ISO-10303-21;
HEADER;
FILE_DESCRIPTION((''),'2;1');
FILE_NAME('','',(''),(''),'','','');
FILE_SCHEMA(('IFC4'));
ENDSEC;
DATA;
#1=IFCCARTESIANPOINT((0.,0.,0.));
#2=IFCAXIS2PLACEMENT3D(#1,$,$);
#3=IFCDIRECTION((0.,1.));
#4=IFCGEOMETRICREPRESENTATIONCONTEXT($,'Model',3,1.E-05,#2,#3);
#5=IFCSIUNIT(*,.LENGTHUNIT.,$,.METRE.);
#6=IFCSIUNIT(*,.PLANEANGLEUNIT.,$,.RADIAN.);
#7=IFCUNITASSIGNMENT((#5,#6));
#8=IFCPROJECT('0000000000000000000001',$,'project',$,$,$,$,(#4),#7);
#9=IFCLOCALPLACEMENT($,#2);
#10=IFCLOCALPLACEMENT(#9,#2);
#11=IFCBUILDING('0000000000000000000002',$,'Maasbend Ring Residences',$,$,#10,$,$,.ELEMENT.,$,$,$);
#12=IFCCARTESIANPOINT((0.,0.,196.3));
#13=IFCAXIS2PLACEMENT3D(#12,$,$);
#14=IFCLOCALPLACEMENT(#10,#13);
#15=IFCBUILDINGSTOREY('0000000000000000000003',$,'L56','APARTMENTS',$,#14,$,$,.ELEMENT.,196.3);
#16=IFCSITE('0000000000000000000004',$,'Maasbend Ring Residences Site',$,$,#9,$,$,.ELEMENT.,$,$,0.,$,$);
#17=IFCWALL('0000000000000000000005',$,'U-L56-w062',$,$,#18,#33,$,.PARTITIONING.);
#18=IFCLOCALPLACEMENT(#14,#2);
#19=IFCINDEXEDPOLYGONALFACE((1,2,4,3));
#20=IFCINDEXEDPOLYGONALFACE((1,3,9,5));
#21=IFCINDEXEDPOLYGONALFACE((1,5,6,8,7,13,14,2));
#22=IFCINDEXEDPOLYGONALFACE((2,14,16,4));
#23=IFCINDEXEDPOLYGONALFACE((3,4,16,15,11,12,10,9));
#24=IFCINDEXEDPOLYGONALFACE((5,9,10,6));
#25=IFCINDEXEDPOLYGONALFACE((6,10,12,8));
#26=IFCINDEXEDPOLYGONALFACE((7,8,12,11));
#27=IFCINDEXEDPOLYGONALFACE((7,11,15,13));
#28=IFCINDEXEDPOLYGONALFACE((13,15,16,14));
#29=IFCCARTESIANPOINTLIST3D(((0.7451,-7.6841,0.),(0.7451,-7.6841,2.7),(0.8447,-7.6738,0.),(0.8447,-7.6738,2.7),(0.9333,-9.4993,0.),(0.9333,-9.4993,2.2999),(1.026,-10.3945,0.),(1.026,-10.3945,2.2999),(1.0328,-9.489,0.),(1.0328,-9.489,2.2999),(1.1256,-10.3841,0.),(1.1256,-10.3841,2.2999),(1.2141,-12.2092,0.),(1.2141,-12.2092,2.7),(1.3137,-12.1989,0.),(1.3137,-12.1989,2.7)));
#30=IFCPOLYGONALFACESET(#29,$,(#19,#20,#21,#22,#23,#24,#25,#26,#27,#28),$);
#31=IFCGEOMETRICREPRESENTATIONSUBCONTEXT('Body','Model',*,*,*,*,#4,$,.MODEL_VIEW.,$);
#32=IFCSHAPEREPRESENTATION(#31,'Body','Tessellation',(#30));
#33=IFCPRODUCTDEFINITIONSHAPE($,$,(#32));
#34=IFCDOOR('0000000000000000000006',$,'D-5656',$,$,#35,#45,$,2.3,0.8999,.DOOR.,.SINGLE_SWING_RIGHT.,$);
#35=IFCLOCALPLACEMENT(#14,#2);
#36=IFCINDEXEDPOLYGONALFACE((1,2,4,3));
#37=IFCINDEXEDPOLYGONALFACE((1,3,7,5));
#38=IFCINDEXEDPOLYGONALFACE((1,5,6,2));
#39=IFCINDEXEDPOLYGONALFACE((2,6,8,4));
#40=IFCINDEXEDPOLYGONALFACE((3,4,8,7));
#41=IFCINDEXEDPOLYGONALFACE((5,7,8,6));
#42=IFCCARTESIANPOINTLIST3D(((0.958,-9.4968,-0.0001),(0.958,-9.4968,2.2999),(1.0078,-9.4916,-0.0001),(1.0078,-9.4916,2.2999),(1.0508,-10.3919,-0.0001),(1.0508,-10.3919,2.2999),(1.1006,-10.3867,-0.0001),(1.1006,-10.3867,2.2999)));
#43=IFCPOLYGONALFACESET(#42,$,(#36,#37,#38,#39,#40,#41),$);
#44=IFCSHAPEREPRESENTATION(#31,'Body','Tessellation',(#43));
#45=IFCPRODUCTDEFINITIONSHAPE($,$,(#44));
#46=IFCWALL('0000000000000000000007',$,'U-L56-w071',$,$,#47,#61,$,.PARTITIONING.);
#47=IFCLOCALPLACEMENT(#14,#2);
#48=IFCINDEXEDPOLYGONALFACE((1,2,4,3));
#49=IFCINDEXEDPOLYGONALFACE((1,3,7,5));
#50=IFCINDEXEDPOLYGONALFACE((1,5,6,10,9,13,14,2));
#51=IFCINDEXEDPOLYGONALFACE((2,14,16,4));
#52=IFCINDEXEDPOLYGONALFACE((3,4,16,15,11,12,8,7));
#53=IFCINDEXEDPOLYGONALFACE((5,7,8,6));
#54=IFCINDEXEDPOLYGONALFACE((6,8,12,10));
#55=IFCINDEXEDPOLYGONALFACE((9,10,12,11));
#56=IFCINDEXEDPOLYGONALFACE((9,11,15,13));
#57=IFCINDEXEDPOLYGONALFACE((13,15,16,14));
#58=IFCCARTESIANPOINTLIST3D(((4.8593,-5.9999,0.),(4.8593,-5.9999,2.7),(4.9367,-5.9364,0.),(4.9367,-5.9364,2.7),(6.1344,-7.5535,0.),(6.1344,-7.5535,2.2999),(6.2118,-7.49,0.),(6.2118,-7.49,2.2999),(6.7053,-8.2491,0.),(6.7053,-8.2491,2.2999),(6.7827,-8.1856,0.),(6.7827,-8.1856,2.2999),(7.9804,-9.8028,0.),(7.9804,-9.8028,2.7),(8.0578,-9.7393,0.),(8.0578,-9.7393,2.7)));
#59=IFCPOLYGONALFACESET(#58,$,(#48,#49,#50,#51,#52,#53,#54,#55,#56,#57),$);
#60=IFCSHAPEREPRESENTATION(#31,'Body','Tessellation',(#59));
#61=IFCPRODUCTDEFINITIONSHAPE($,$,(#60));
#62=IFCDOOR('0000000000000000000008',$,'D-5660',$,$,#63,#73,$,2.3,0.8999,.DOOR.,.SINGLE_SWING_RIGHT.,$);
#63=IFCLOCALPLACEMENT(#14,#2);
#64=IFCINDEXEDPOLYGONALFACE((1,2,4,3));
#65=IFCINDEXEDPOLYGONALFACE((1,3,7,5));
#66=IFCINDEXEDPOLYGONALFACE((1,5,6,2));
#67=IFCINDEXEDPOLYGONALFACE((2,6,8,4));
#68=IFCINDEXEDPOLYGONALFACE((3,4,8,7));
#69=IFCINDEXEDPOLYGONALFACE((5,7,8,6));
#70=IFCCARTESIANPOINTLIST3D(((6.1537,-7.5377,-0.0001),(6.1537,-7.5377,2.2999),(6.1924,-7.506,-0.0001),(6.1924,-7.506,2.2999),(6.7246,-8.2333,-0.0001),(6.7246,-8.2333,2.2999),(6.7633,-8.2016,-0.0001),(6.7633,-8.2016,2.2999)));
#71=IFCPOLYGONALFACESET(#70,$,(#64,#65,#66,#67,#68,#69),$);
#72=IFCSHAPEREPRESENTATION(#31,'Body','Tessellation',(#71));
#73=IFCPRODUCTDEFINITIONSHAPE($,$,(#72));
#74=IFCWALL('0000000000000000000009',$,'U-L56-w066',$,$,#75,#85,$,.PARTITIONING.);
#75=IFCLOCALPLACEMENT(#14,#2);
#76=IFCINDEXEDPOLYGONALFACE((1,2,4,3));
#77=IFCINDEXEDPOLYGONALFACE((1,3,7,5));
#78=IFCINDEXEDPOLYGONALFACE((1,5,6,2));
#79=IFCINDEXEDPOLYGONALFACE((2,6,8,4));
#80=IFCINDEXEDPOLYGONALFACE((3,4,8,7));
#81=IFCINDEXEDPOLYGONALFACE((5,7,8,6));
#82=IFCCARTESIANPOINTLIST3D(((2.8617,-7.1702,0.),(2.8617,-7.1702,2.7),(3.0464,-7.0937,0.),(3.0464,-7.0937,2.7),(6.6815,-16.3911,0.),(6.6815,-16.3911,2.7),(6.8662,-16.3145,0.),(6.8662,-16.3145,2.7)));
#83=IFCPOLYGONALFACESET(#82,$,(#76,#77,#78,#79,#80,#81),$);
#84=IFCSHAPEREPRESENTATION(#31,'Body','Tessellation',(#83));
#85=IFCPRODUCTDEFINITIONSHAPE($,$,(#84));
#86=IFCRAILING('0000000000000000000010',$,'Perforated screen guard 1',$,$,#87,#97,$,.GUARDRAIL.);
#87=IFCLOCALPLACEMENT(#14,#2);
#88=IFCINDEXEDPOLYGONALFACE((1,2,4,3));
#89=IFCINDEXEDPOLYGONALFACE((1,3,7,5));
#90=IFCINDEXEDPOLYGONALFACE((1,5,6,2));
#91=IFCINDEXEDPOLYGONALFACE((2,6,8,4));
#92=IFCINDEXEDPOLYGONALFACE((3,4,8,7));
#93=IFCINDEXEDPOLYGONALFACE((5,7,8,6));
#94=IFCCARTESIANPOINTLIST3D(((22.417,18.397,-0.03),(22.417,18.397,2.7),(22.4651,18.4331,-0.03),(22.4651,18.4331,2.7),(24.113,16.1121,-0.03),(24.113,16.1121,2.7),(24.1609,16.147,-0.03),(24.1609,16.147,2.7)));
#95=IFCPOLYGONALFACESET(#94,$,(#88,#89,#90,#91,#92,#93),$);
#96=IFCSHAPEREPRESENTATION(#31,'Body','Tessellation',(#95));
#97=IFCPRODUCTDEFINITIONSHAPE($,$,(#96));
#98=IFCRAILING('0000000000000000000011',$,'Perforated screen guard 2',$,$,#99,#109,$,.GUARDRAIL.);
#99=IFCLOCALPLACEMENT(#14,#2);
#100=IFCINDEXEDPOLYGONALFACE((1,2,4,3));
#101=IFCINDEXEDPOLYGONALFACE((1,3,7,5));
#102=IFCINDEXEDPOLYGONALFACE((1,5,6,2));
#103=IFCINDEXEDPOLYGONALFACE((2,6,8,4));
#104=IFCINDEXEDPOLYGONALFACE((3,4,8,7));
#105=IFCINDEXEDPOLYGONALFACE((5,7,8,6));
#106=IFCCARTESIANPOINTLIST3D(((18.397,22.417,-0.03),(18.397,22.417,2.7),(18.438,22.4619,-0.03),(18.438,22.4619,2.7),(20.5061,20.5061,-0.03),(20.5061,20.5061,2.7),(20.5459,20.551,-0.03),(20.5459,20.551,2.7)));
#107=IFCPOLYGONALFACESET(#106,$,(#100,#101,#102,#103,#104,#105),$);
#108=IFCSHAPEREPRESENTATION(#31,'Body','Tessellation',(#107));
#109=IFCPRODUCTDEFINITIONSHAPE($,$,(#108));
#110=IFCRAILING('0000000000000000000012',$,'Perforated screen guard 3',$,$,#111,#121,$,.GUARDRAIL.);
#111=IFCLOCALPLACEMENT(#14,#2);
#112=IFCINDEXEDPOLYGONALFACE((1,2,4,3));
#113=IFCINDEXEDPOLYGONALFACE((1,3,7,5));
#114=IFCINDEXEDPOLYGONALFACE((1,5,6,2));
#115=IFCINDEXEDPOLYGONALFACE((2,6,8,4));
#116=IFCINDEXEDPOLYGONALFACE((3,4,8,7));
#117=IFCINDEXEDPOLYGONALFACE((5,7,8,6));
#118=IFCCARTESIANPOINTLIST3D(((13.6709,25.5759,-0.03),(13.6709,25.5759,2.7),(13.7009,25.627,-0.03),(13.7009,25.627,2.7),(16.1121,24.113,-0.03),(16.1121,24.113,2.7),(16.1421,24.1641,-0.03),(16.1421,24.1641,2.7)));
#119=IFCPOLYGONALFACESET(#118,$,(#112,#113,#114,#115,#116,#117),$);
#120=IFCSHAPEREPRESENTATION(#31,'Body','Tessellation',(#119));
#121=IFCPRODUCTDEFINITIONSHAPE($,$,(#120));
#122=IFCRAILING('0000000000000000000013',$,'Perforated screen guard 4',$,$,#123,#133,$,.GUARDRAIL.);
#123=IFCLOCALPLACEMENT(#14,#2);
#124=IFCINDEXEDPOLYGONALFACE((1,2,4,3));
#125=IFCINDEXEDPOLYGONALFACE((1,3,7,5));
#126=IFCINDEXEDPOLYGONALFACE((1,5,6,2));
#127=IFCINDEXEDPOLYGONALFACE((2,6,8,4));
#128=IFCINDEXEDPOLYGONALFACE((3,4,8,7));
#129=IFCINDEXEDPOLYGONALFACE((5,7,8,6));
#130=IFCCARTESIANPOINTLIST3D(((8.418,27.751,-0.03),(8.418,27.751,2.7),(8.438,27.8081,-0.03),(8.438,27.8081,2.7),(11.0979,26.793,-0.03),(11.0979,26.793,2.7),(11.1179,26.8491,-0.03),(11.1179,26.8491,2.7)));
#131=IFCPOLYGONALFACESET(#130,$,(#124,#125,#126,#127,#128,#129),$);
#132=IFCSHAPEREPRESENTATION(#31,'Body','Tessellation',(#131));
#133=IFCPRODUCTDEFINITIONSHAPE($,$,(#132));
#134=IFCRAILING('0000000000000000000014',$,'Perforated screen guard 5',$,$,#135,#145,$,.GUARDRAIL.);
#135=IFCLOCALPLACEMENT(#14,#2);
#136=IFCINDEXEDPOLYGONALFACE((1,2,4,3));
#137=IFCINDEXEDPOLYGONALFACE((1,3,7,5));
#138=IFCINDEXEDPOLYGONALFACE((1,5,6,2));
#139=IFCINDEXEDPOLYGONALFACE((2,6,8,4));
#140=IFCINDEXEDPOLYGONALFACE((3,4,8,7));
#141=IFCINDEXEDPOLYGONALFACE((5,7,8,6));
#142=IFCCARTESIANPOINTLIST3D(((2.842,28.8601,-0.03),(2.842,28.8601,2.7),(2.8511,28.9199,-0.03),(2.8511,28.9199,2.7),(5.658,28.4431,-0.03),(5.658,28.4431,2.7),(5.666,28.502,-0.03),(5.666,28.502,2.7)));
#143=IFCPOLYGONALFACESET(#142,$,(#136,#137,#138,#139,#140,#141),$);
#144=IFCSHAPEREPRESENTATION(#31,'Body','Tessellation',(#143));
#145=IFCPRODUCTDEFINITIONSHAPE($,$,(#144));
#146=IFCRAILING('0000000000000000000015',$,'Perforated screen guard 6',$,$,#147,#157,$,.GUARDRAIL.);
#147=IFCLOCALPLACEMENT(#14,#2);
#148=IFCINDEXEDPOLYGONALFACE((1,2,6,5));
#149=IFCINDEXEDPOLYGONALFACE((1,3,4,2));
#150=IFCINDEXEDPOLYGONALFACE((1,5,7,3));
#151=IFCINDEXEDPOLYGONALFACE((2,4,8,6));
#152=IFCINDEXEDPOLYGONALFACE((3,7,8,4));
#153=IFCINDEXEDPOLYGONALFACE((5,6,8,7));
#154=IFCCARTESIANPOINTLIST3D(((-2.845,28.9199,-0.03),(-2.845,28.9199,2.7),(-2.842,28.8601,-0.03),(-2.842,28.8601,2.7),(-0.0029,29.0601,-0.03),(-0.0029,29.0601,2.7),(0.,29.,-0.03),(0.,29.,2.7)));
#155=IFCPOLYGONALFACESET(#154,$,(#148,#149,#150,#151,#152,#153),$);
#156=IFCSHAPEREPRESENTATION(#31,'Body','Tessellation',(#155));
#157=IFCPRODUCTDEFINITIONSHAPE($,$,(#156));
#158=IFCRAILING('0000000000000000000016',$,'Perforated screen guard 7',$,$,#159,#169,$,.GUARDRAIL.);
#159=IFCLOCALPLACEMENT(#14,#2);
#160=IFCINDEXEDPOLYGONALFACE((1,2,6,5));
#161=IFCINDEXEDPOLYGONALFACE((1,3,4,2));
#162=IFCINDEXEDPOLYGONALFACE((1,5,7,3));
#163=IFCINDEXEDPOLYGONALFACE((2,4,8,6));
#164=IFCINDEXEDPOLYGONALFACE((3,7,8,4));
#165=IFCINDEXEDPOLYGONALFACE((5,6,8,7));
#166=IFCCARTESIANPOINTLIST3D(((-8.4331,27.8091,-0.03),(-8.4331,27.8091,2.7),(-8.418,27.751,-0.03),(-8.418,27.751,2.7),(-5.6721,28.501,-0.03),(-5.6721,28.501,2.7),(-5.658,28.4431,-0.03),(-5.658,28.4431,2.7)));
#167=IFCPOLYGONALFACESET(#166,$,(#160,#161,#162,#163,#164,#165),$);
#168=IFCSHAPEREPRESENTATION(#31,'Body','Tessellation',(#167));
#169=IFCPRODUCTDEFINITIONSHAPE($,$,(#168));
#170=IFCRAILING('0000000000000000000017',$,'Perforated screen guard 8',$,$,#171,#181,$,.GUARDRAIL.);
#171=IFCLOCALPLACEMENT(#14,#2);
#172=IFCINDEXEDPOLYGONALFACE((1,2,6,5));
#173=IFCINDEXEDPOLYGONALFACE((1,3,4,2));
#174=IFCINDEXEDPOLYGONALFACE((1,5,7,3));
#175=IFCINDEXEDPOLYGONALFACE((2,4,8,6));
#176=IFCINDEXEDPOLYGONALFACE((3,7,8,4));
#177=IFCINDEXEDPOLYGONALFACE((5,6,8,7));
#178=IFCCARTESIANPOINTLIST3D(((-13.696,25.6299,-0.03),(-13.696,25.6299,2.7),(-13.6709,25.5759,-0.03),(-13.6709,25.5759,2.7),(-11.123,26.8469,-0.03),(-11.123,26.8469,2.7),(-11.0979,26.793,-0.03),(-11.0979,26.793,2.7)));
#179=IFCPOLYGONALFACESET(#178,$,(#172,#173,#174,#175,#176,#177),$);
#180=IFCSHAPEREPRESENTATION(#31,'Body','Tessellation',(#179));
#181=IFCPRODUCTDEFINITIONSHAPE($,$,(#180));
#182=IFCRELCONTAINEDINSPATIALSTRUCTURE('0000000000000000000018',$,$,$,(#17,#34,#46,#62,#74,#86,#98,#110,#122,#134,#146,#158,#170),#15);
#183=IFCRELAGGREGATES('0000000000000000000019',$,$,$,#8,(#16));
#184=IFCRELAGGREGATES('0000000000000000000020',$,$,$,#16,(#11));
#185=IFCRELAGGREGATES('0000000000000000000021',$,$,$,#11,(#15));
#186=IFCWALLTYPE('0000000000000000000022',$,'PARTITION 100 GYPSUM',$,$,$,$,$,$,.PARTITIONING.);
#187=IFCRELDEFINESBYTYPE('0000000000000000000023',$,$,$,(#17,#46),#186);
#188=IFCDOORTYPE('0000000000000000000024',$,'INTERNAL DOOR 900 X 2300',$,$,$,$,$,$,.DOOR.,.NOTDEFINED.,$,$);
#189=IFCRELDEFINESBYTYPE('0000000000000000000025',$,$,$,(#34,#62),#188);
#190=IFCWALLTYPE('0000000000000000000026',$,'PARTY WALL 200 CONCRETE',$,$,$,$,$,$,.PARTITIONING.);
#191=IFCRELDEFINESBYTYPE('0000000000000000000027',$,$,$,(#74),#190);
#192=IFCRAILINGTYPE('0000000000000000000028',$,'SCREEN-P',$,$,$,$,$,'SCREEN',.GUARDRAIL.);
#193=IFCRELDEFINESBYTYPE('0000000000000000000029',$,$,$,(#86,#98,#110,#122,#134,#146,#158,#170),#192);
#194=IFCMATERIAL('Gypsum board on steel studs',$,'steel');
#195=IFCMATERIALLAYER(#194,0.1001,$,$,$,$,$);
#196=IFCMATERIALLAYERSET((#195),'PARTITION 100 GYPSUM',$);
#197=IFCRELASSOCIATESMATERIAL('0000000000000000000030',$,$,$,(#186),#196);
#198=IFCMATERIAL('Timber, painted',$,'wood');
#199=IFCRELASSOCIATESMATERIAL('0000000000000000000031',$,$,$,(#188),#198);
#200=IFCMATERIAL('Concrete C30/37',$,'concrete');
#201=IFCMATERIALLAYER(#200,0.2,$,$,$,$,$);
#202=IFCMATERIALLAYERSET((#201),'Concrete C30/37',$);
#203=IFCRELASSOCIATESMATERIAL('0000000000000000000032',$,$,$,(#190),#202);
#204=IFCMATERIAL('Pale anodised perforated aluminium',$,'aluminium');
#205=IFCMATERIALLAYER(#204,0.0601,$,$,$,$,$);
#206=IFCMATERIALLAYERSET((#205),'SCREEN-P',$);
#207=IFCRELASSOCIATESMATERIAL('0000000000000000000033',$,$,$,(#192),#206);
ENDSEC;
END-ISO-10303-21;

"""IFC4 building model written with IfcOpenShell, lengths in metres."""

from ifc_helpers import new_model, si_unit, direction, frame, frame_2d, origin, place, context, subcontext, project, spatial, polyline, rectangle, outline, extrude, material, layer, layer_set, type_object, element, fill, save


model = new_model("IFC4")

# Units and contexts
model_context = context("Model", 3, precision=1e-05, world=origin(), true_north=direction((0.0, 1.0)))
body_context = subcontext(model_context, "Body", "Model", "MODEL_VIEW")
ifc_project = project(units=[si_unit("LENGTHUNIT", "METRE"), si_unit("PLANEANGLEUNIT", "RADIAN")], contexts=[model_context])

# Site, building, storey
site_placement = place(None, origin())
site = spatial("IfcSite", under=ifc_project, at=site_placement, Name="Maasbend Ring Residences Site", CompositionType="ELEMENT", RefElevation=0.0)
building_placement = place(site_placement, origin())
building = spatial("IfcBuilding", under=site, at=building_placement, Name="Maasbend Ring Residences", CompositionType="ELEMENT")
storey_placement = place(building_placement, frame((0.0, 0.0, 196.3)))
storey = spatial("IfcBuildingStorey", under=building, at=storey_placement, Name="L56", Description="APARTMENTS", CompositionType="ELEMENT", Elevation=196.3)

# Walls, openings, doors
ifc_material_1 = material(Name="Gypsum board on steel studs", Category="steel")
ifc_layer_1 = layer(ifc_material_1, 0.1001)
ifc_layer_set_1 = layer_set([ifc_layer_1], Name="PARTITION 100 GYPSUM")
wall_type_1 = type_object("IfcWallType", Name="PARTITION 100 GYPSUM", PredefinedType="PARTITIONING", material=ifc_layer_set_1)
wall_1_placement = place(storey_placement, frame((0.7949, -7.679, 0.0), z_axis=(0.0, 0.0, 1.0), x_axis=(0.10309, -0.994672, 0.0)))
wall_1 = element("IfcWall", 1, at=wall_1_placement, inside=storey, type_object=wall_type_1, Name="U-L56-w062", PredefinedType="PARTITIONING", context=body_context, shape_type="SweptSolid", body=[
    extrude(rectangle(XDim=4.5493, YDim=0.1001, at=frame_2d((2.2747, 0.0))), origin(), (0.0, 0.0, 1.0), 2.7),
])
opening_1_placement = place(wall_1_placement, frame((1.825, 0.0, 0.0)))
opening_1 = element("IfcOpeningElement", 2, at=opening_1_placement, cuts=wall_1, PredefinedType="OPENING", context=body_context, shape_type="SweptSolid", body=[
    extrude(rectangle(XDim=0.8999, YDim=2.3, at=frame_2d((0.45, 1.1499))), frame((0.0, 0.0601, 0.0), z_axis=(0.0, -1.0, 0.0), x_axis=(1.0, 0.0, 0.0)), (0.0, 0.0, 1.0), 0.1201),
])
ifc_material_2 = material(Name="Timber, painted", Category="wood")
door_type = type_object("IfcDoorType", Name="INTERNAL DOOR 900 X 2300", OperationType="NOTDEFINED", PredefinedType="DOOR", material=ifc_material_2)
door_1_placement = place(opening_1_placement, origin())
door_1 = element("IfcDoor", 3, at=door_1_placement, inside=storey, type_object=door_type, Name="D-5656", OperationType="SINGLE_SWING_RIGHT", OverallHeight=2.3, OverallWidth=0.8999, PredefinedType="DOOR", context=body_context, shape_type="SweptSolid", body=[
    extrude(rectangle(XDim=0.8999, YDim=2.3, at=frame_2d((0.45, 1.1499))), frame((0.0, 0.0249, 0.0), z_axis=(0.0, -1.0, 0.0), x_axis=(1.0, 0.0, 0.0)), (0.0, 0.0, 1.0), 0.05),
])
fill(opening_1, door_1)
wall_2_placement = place(storey_placement, frame((4.8979, -5.968, 0.0), z_axis=(0.0, 0.0, 1.0), x_axis=(0.634402, -0.773003, 0.0)))
wall_2 = element("IfcWall", 4, at=wall_2_placement, inside=storey, type_object=wall_type_1, Name="U-L56-w071", PredefinedType="PARTITIONING", context=body_context, shape_type="SweptSolid", body=[
    extrude(rectangle(XDim=4.9197, YDim=0.1001, at=frame_2d((2.46, 0.0))), origin(), (0.0, 0.0, 1.0), 2.7),
])
opening_2_placement = place(wall_2_placement, frame((2.01, 0.0, 0.0)))
opening_2 = element("IfcOpeningElement", 5, at=opening_2_placement, cuts=wall_2, PredefinedType="OPENING", context=body_context, shape_type="SweptSolid", body=[
    extrude(rectangle(XDim=0.8999, YDim=2.3, at=frame_2d((0.45, 1.1499))), frame((0.0, 0.0601, 0.0), z_axis=(0.0, -1.0, 0.0), x_axis=(1.0, 0.0, 0.0)), (0.0, 0.0, 1.0), 0.1201),
])
door_2_placement = place(opening_2_placement, origin())
door_2 = element("IfcDoor", 6, at=door_2_placement, inside=storey, type_object=door_type, Name="D-5660", OperationType="SINGLE_SWING_RIGHT", OverallHeight=2.3, OverallWidth=0.8999, PredefinedType="DOOR", context=body_context, shape_type="SweptSolid", body=[
    extrude(rectangle(XDim=0.8999, YDim=2.3, at=frame_2d((0.45, 1.1499))), frame((0.0, 0.0249, 0.0), z_axis=(0.0, -1.0, 0.0), x_axis=(1.0, 0.0, 0.0)), (0.0, 0.0, 1.0), 0.05),
])
fill(opening_2, door_2)

# Wall
ifc_material_3 = material(Name="Concrete C30/37", Category="concrete")
ifc_layer_2 = layer(ifc_material_3, 0.2)
ifc_layer_set_2 = layer_set([ifc_layer_2], Name="Concrete C30/37")
wall_type_2 = type_object("IfcWallType", Name="PARTY WALL 200 CONCRETE", PredefinedType="PARTITIONING", material=ifc_layer_set_2)
wall_3_placement = place(storey_placement, frame((2.9541, -7.1321, 0.0), z_axis=(0.0, 0.0, 1.0), x_axis=(0.382716, -0.923866, 0.0)))
element("IfcWall", 7, at=wall_3_placement, inside=storey, type_object=wall_type_2, Name="U-L56-w066", PredefinedType="PARTITIONING", context=body_context, shape_type="SweptSolid", body=[
    extrude(rectangle(XDim=9.9807, YDim=0.2, at=frame_2d((4.9902, 0.0))), origin(), (0.0, 0.0, 1.0), 2.7),
])

# Railings
ifc_material_4 = material(Name="Pale anodised perforated aluminium", Category="aluminium")
ifc_layer_3 = layer(ifc_material_4, 0.0601)
ifc_layer_set_3 = layer_set([ifc_layer_3], Name="SCREEN-P")
railing_type = type_object("IfcRailingType", Name="SCREEN-P", ElementType="SCREEN", PredefinedType="GUARDRAIL", material=ifc_layer_set_3)
railing_1_placement = place(storey_placement, frame((0.0, 0.0, -0.03)))
element("IfcRailing", 8, at=railing_1_placement, inside=storey, type_object=railing_type, Name="Perforated screen guard 1", PredefinedType="GUARDRAIL", context=body_context, shape_type="SweptSolid", body=[
    extrude(outline(polyline([(24.113, 16.1121), (22.417, 18.397), (22.4651, 18.4331), (24.1609, 16.147), (24.113, 16.1121)])), origin(), (0.0, 0.0, 1.0), 2.73),
])
railing_2_placement = place(storey_placement, frame((0.0, 0.0, -0.03)))
element("IfcRailing", 9, at=railing_2_placement, inside=storey, type_object=railing_type, Name="Perforated screen guard 2", PredefinedType="GUARDRAIL", context=body_context, shape_type="SweptSolid", body=[
    extrude(outline(polyline([(20.5061, 20.5061), (18.397, 22.417), (18.438, 22.4619), (20.5459, 20.551), (20.5061, 20.5061)])), origin(), (0.0, 0.0, 1.0), 2.73),
])
railing_3_placement = place(storey_placement, frame((0.0, 0.0, -0.03)))
element("IfcRailing", 10, at=railing_3_placement, inside=storey, type_object=railing_type, Name="Perforated screen guard 3", PredefinedType="GUARDRAIL", context=body_context, shape_type="SweptSolid", body=[
    extrude(outline(polyline([(16.1121, 24.113), (13.6709, 25.5759), (13.7009, 25.627), (16.1421, 24.1641), (16.1121, 24.113)])), origin(), (0.0, 0.0, 1.0), 2.73),
])
railing_4_placement = place(storey_placement, frame((0.0, 0.0, -0.03)))
element("IfcRailing", 11, at=railing_4_placement, inside=storey, type_object=railing_type, Name="Perforated screen guard 4", PredefinedType="GUARDRAIL", context=body_context, shape_type="SweptSolid", body=[
    extrude(outline(polyline([(11.0979, 26.793), (8.418, 27.751), (8.438, 27.8081), (11.1179, 26.8491), (11.0979, 26.793)])), origin(), (0.0, 0.0, 1.0), 2.73),
])
railing_5_placement = place(storey_placement, frame((0.0, 0.0, -0.03)))
element("IfcRailing", 12, at=railing_5_placement, inside=storey, type_object=railing_type, Name="Perforated screen guard 5", PredefinedType="GUARDRAIL", context=body_context, shape_type="SweptSolid", body=[
    extrude(outline(polyline([(5.658, 28.4431), (2.842, 28.8601), (2.8511, 28.9199), (5.666, 28.502), (5.658, 28.4431)])), origin(), (0.0, 0.0, 1.0), 2.73),
])
railing_6_placement = place(storey_placement, frame((0.0, 0.0, -0.03)))
element("IfcRailing", 13, at=railing_6_placement, inside=storey, type_object=railing_type, Name="Perforated screen guard 6", PredefinedType="GUARDRAIL", context=body_context, shape_type="SweptSolid", body=[
    extrude(outline(polyline([(0.0, 29.0), (-2.842, 28.8601), (-2.845, 28.9199), (-0.0029, 29.0601), (0.0, 29.0)])), origin(), (0.0, 0.0, 1.0), 2.73),
])
railing_7_placement = place(storey_placement, frame((0.0, 0.0, -0.03)))
element("IfcRailing", 14, at=railing_7_placement, inside=storey, type_object=railing_type, Name="Perforated screen guard 7", PredefinedType="GUARDRAIL", context=body_context, shape_type="SweptSolid", body=[
    extrude(outline(polyline([(-5.658, 28.4431), (-8.418, 27.751), (-8.4331, 27.8091), (-5.6721, 28.501), (-5.658, 28.4431)])), origin(), (0.0, 0.0, 1.0), 2.73),
])
railing_8_placement = place(storey_placement, frame((0.0, 0.0, -0.03)))
element("IfcRailing", 15, at=railing_8_placement, inside=storey, type_object=railing_type, Name="Perforated screen guard 8", PredefinedType="GUARDRAIL", context=body_context, shape_type="SweptSolid", body=[
    extrude(outline(polyline([(-11.0979, 26.793), (-13.6709, 25.5759), (-13.696, 25.6299), (-11.123, 26.8469), (-11.0979, 26.793)])), origin(), (0.0, 0.0, 1.0), 2.73),
])

save(model, "model.ifc")
